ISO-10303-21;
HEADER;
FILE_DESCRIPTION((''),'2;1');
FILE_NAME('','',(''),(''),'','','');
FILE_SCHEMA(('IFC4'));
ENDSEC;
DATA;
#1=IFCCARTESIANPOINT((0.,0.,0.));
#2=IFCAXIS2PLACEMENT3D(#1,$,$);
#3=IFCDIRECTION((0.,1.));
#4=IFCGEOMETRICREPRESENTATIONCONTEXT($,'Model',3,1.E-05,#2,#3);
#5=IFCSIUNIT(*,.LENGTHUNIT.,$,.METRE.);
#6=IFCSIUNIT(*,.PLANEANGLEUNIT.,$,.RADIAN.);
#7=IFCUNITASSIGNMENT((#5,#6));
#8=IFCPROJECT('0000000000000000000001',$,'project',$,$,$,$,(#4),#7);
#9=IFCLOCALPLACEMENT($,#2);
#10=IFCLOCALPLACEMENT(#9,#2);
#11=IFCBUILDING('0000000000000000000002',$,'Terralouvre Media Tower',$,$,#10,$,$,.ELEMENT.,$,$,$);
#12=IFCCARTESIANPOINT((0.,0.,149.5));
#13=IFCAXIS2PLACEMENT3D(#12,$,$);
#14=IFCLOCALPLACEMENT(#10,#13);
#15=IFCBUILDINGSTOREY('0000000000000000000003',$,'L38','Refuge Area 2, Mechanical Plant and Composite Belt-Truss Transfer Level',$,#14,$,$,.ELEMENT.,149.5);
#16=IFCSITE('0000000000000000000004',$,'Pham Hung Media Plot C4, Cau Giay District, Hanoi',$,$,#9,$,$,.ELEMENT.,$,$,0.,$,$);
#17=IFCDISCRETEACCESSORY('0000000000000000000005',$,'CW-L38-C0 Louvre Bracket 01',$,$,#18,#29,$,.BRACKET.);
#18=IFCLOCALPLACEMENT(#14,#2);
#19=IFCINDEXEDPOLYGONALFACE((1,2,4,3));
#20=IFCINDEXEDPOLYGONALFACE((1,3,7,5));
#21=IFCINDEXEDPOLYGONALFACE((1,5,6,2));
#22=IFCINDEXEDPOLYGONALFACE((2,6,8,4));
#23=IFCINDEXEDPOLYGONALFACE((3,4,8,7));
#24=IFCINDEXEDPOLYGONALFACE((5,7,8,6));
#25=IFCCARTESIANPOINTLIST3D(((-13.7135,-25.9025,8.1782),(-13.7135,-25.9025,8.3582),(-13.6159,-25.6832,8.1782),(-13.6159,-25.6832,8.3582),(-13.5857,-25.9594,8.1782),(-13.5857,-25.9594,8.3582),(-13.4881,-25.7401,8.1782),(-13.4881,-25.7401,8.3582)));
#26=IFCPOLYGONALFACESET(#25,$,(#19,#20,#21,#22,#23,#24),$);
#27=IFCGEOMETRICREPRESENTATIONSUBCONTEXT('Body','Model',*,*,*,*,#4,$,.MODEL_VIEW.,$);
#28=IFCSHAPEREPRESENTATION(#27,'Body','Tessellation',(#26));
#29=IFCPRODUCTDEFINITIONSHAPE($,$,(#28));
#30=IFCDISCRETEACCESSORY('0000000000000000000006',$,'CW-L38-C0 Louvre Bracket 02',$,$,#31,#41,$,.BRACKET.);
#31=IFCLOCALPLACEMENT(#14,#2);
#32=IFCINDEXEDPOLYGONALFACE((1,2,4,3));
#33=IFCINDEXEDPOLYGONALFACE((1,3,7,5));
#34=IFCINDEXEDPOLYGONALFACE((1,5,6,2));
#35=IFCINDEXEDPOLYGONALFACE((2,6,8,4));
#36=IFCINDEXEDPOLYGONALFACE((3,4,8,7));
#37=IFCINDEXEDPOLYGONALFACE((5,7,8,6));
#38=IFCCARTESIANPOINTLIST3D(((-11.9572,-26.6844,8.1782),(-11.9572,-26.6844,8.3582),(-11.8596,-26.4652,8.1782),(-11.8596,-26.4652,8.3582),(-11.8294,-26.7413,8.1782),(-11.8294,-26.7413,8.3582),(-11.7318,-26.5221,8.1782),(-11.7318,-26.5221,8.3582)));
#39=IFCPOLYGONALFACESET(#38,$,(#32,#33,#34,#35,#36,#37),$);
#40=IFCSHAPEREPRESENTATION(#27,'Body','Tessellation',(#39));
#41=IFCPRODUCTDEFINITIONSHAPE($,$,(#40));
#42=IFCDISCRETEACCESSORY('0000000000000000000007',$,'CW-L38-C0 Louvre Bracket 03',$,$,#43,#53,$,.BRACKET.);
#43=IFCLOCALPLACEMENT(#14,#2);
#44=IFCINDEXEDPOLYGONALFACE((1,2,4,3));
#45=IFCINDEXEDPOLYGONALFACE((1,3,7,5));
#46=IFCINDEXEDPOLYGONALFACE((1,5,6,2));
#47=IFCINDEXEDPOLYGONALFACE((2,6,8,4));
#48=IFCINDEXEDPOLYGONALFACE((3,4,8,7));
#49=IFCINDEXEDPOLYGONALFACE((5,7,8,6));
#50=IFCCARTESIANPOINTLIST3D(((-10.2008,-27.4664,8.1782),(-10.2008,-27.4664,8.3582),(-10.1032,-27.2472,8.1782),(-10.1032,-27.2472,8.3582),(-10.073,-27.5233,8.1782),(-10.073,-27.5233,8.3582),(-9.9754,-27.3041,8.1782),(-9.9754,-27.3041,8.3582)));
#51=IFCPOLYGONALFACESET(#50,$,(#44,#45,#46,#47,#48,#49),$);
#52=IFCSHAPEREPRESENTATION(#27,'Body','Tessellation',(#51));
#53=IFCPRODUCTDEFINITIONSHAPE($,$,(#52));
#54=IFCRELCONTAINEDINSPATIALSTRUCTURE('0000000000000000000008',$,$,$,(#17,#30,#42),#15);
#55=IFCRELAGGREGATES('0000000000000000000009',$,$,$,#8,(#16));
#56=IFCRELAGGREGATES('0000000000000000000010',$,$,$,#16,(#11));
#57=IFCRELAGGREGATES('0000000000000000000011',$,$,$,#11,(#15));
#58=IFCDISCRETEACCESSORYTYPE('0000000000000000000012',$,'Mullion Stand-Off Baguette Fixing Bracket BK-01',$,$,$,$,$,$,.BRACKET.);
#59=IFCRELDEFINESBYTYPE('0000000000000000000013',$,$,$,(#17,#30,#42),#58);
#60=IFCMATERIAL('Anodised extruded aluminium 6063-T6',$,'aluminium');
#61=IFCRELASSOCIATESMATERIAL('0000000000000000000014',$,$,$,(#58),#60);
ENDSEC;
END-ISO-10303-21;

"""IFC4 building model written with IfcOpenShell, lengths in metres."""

from ifc_helpers import new_model, si_unit, direction, frame, origin, origin_2d, place, context, subcontext, project, spatial, rectangle, extrude, material, type_object, element, save


model = new_model("IFC4")

# Units and contexts
model_context = context("Model", 3, precision=1e-05, world=origin(), true_north=direction((0.0, 1.0)))
body_context = subcontext(model_context, "Body", "Model", "MODEL_VIEW")
ifc_project = project(units=[si_unit("LENGTHUNIT", "METRE"), si_unit("PLANEANGLEUNIT", "RADIAN")], contexts=[model_context])

# Site, building, storey
site_placement = place(None, origin())
site = spatial("IfcSite", under=ifc_project, at=site_placement, Name="Pham Hung Media Plot C4, Cau Giay District, Hanoi", CompositionType="ELEMENT", RefElevation=0.0)
building_placement = place(site_placement, origin())
building = spatial("IfcBuilding", under=site, at=building_placement, Name="Terralouvre Media Tower", CompositionType="ELEMENT")
storey_placement = place(building_placement, frame((0.0, 0.0, 149.5)))
storey = spatial("IfcBuildingStorey", under=building, at=storey_placement, Name="L38", Description="Refuge Area 2, Mechanical Plant and Composite Belt-Truss Transfer Level", CompositionType="ELEMENT", Elevation=149.5)

# Discrete accessories
ifc_material_1 = material(Name="Anodised extruded aluminium 6063-T6", Category="aluminium")
discrete_accessory_type = type_object("IfcDiscreteAccessoryType", Name="Mullion Stand-Off Baguette Fixing Bracket BK-01", PredefinedType="BRACKET", material=ifc_material_1)
for number, where, z_axis, x_axis, name in (
    (1, (-13.6008, -25.8213, 8.1782), (0.0, 0.0, 1.0), (0.913545, -0.406737, 0.0), "CW-L38-C0 Louvre Bracket 01"),
    (2, (-11.8445, -26.6033, 8.1782), (0.0, 0.0, 1.0), (0.913545, -0.406737, 0.0), "CW-L38-C0 Louvre Bracket 02"),
    (3, (-10.0881, -27.3853, 8.1782), (0.0, 0.0, 1.0), (0.913545, -0.406737, 0.0), "CW-L38-C0 Louvre Bracket 03"),
):
    element("IfcDiscreteAccessory", number, at=place(storey_placement, frame(where, z_axis=z_axis, x_axis=x_axis)), inside=storey, type_object=discrete_accessory_type, Name=name, PredefinedType="BRACKET", context=body_context, shape_type="SweptSolid", body=[
        extrude(rectangle(XDim=0.1399, YDim=0.24, at=origin_2d()), origin(), (0.0, 0.0, 1.0), 0.1799),
    ])

save(model, "model.ifc")
